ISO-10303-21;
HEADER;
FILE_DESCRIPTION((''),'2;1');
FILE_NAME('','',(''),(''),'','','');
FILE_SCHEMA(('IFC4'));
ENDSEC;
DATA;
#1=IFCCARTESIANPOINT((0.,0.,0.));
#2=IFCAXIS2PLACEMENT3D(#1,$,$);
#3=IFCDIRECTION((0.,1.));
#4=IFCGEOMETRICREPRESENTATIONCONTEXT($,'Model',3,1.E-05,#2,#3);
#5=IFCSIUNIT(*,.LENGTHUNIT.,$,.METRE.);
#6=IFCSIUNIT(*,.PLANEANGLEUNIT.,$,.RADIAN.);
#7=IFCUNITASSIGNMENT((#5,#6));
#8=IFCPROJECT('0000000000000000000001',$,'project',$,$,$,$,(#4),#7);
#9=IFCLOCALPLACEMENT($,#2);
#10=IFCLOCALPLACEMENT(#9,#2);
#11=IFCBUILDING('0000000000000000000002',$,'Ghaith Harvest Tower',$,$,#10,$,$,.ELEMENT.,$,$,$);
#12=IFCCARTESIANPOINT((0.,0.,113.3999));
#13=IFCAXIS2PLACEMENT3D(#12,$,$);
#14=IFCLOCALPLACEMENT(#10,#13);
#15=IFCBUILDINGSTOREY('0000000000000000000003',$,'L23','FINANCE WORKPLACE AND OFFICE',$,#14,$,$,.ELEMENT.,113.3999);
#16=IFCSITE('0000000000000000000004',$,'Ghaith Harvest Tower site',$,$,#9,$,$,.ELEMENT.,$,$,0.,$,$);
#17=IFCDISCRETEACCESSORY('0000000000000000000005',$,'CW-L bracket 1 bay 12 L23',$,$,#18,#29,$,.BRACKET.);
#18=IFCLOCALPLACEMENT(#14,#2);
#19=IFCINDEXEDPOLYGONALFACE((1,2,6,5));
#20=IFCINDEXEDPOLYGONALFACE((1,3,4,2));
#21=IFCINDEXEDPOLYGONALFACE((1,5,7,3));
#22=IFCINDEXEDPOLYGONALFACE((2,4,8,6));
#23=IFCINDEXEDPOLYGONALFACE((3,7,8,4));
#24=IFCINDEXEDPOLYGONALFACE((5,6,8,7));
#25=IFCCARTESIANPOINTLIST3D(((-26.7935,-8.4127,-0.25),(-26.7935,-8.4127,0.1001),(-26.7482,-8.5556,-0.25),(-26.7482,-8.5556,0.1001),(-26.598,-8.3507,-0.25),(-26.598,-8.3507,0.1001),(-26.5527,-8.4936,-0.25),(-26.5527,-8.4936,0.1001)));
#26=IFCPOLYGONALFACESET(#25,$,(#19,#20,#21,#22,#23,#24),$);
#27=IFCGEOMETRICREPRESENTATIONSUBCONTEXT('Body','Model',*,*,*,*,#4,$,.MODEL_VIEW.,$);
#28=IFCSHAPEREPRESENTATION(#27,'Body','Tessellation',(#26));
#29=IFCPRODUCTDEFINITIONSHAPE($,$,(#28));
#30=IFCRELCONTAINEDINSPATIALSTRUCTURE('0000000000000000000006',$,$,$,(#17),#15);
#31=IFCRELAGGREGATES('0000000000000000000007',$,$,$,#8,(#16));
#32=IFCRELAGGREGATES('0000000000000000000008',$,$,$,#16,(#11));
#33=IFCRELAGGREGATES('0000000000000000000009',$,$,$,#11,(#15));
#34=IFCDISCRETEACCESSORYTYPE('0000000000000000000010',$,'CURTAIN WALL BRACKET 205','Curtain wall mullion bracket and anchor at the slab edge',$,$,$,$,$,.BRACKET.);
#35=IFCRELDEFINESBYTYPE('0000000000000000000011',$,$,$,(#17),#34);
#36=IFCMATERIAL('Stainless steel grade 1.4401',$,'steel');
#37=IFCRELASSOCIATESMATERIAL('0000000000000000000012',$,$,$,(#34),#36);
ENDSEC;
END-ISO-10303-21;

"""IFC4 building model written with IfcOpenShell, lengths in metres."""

from ifc_helpers import new_model, si_unit, direction, frame, origin, origin_2d, place, context, subcontext, project, spatial, rectangle, extrude, material, type_object, element, save


model = new_model("IFC4")

# Units and contexts
model_context = context("Model", 3, precision=1e-05, world=origin(), true_north=direction((0.0, 1.0)))
body_context = subcontext(model_context, "Body", "Model", "MODEL_VIEW")
ifc_project = project(units=[si_unit("LENGTHUNIT", "METRE"), si_unit("PLANEANGLEUNIT", "RADIAN")], contexts=[model_context])

# Site, building, storey
site_placement = place(None, origin())
site = spatial("IfcSite", under=ifc_project, at=site_placement, Name="Ghaith Harvest Tower site", CompositionType="ELEMENT", RefElevation=0.0)
building_placement = place(site_placement, origin())
building = spatial("IfcBuilding", under=site, at=building_placement, Name="Ghaith Harvest Tower", CompositionType="ELEMENT")
storey_placement = place(building_placement, frame((0.0, 0.0, 113.3999)))
storey = spatial("IfcBuildingStorey", under=building, at=storey_placement, Name="L23", Description="FINANCE WORKPLACE AND OFFICE", CompositionType="ELEMENT", Elevation=113.3999)

# Discrete accessory
ifc_material_1 = material(Name="Stainless steel grade 1.4401", Category="steel")
discrete_accessory_type = type_object("IfcDiscreteAccessoryType", Name="CURTAIN WALL BRACKET 205", Description="Curtain wall mullion bracket and anchor at the slab edge", PredefinedType="BRACKET", material=ifc_material_1)
discrete_accessory_placement = place(storey_placement, frame((-26.6731, -8.4531, -0.25), z_axis=(0.0, 0.0, 1.0), x_axis=(-0.953273, -0.30211, 0.0)))
element("IfcDiscreteAccessory", 1, at=discrete_accessory_placement, inside=storey, type_object=discrete_accessory_type, Name="CW-L bracket 1 bay 12 L23", PredefinedType="BRACKET", context=body_context, shape_type="SweptSolid", body=[
    extrude(rectangle(XDim=0.2051, YDim=0.1499, at=origin_2d()), origin(), (0.0, 0.0, 1.0), 0.3501),
])

save(model, "model.ifc")
